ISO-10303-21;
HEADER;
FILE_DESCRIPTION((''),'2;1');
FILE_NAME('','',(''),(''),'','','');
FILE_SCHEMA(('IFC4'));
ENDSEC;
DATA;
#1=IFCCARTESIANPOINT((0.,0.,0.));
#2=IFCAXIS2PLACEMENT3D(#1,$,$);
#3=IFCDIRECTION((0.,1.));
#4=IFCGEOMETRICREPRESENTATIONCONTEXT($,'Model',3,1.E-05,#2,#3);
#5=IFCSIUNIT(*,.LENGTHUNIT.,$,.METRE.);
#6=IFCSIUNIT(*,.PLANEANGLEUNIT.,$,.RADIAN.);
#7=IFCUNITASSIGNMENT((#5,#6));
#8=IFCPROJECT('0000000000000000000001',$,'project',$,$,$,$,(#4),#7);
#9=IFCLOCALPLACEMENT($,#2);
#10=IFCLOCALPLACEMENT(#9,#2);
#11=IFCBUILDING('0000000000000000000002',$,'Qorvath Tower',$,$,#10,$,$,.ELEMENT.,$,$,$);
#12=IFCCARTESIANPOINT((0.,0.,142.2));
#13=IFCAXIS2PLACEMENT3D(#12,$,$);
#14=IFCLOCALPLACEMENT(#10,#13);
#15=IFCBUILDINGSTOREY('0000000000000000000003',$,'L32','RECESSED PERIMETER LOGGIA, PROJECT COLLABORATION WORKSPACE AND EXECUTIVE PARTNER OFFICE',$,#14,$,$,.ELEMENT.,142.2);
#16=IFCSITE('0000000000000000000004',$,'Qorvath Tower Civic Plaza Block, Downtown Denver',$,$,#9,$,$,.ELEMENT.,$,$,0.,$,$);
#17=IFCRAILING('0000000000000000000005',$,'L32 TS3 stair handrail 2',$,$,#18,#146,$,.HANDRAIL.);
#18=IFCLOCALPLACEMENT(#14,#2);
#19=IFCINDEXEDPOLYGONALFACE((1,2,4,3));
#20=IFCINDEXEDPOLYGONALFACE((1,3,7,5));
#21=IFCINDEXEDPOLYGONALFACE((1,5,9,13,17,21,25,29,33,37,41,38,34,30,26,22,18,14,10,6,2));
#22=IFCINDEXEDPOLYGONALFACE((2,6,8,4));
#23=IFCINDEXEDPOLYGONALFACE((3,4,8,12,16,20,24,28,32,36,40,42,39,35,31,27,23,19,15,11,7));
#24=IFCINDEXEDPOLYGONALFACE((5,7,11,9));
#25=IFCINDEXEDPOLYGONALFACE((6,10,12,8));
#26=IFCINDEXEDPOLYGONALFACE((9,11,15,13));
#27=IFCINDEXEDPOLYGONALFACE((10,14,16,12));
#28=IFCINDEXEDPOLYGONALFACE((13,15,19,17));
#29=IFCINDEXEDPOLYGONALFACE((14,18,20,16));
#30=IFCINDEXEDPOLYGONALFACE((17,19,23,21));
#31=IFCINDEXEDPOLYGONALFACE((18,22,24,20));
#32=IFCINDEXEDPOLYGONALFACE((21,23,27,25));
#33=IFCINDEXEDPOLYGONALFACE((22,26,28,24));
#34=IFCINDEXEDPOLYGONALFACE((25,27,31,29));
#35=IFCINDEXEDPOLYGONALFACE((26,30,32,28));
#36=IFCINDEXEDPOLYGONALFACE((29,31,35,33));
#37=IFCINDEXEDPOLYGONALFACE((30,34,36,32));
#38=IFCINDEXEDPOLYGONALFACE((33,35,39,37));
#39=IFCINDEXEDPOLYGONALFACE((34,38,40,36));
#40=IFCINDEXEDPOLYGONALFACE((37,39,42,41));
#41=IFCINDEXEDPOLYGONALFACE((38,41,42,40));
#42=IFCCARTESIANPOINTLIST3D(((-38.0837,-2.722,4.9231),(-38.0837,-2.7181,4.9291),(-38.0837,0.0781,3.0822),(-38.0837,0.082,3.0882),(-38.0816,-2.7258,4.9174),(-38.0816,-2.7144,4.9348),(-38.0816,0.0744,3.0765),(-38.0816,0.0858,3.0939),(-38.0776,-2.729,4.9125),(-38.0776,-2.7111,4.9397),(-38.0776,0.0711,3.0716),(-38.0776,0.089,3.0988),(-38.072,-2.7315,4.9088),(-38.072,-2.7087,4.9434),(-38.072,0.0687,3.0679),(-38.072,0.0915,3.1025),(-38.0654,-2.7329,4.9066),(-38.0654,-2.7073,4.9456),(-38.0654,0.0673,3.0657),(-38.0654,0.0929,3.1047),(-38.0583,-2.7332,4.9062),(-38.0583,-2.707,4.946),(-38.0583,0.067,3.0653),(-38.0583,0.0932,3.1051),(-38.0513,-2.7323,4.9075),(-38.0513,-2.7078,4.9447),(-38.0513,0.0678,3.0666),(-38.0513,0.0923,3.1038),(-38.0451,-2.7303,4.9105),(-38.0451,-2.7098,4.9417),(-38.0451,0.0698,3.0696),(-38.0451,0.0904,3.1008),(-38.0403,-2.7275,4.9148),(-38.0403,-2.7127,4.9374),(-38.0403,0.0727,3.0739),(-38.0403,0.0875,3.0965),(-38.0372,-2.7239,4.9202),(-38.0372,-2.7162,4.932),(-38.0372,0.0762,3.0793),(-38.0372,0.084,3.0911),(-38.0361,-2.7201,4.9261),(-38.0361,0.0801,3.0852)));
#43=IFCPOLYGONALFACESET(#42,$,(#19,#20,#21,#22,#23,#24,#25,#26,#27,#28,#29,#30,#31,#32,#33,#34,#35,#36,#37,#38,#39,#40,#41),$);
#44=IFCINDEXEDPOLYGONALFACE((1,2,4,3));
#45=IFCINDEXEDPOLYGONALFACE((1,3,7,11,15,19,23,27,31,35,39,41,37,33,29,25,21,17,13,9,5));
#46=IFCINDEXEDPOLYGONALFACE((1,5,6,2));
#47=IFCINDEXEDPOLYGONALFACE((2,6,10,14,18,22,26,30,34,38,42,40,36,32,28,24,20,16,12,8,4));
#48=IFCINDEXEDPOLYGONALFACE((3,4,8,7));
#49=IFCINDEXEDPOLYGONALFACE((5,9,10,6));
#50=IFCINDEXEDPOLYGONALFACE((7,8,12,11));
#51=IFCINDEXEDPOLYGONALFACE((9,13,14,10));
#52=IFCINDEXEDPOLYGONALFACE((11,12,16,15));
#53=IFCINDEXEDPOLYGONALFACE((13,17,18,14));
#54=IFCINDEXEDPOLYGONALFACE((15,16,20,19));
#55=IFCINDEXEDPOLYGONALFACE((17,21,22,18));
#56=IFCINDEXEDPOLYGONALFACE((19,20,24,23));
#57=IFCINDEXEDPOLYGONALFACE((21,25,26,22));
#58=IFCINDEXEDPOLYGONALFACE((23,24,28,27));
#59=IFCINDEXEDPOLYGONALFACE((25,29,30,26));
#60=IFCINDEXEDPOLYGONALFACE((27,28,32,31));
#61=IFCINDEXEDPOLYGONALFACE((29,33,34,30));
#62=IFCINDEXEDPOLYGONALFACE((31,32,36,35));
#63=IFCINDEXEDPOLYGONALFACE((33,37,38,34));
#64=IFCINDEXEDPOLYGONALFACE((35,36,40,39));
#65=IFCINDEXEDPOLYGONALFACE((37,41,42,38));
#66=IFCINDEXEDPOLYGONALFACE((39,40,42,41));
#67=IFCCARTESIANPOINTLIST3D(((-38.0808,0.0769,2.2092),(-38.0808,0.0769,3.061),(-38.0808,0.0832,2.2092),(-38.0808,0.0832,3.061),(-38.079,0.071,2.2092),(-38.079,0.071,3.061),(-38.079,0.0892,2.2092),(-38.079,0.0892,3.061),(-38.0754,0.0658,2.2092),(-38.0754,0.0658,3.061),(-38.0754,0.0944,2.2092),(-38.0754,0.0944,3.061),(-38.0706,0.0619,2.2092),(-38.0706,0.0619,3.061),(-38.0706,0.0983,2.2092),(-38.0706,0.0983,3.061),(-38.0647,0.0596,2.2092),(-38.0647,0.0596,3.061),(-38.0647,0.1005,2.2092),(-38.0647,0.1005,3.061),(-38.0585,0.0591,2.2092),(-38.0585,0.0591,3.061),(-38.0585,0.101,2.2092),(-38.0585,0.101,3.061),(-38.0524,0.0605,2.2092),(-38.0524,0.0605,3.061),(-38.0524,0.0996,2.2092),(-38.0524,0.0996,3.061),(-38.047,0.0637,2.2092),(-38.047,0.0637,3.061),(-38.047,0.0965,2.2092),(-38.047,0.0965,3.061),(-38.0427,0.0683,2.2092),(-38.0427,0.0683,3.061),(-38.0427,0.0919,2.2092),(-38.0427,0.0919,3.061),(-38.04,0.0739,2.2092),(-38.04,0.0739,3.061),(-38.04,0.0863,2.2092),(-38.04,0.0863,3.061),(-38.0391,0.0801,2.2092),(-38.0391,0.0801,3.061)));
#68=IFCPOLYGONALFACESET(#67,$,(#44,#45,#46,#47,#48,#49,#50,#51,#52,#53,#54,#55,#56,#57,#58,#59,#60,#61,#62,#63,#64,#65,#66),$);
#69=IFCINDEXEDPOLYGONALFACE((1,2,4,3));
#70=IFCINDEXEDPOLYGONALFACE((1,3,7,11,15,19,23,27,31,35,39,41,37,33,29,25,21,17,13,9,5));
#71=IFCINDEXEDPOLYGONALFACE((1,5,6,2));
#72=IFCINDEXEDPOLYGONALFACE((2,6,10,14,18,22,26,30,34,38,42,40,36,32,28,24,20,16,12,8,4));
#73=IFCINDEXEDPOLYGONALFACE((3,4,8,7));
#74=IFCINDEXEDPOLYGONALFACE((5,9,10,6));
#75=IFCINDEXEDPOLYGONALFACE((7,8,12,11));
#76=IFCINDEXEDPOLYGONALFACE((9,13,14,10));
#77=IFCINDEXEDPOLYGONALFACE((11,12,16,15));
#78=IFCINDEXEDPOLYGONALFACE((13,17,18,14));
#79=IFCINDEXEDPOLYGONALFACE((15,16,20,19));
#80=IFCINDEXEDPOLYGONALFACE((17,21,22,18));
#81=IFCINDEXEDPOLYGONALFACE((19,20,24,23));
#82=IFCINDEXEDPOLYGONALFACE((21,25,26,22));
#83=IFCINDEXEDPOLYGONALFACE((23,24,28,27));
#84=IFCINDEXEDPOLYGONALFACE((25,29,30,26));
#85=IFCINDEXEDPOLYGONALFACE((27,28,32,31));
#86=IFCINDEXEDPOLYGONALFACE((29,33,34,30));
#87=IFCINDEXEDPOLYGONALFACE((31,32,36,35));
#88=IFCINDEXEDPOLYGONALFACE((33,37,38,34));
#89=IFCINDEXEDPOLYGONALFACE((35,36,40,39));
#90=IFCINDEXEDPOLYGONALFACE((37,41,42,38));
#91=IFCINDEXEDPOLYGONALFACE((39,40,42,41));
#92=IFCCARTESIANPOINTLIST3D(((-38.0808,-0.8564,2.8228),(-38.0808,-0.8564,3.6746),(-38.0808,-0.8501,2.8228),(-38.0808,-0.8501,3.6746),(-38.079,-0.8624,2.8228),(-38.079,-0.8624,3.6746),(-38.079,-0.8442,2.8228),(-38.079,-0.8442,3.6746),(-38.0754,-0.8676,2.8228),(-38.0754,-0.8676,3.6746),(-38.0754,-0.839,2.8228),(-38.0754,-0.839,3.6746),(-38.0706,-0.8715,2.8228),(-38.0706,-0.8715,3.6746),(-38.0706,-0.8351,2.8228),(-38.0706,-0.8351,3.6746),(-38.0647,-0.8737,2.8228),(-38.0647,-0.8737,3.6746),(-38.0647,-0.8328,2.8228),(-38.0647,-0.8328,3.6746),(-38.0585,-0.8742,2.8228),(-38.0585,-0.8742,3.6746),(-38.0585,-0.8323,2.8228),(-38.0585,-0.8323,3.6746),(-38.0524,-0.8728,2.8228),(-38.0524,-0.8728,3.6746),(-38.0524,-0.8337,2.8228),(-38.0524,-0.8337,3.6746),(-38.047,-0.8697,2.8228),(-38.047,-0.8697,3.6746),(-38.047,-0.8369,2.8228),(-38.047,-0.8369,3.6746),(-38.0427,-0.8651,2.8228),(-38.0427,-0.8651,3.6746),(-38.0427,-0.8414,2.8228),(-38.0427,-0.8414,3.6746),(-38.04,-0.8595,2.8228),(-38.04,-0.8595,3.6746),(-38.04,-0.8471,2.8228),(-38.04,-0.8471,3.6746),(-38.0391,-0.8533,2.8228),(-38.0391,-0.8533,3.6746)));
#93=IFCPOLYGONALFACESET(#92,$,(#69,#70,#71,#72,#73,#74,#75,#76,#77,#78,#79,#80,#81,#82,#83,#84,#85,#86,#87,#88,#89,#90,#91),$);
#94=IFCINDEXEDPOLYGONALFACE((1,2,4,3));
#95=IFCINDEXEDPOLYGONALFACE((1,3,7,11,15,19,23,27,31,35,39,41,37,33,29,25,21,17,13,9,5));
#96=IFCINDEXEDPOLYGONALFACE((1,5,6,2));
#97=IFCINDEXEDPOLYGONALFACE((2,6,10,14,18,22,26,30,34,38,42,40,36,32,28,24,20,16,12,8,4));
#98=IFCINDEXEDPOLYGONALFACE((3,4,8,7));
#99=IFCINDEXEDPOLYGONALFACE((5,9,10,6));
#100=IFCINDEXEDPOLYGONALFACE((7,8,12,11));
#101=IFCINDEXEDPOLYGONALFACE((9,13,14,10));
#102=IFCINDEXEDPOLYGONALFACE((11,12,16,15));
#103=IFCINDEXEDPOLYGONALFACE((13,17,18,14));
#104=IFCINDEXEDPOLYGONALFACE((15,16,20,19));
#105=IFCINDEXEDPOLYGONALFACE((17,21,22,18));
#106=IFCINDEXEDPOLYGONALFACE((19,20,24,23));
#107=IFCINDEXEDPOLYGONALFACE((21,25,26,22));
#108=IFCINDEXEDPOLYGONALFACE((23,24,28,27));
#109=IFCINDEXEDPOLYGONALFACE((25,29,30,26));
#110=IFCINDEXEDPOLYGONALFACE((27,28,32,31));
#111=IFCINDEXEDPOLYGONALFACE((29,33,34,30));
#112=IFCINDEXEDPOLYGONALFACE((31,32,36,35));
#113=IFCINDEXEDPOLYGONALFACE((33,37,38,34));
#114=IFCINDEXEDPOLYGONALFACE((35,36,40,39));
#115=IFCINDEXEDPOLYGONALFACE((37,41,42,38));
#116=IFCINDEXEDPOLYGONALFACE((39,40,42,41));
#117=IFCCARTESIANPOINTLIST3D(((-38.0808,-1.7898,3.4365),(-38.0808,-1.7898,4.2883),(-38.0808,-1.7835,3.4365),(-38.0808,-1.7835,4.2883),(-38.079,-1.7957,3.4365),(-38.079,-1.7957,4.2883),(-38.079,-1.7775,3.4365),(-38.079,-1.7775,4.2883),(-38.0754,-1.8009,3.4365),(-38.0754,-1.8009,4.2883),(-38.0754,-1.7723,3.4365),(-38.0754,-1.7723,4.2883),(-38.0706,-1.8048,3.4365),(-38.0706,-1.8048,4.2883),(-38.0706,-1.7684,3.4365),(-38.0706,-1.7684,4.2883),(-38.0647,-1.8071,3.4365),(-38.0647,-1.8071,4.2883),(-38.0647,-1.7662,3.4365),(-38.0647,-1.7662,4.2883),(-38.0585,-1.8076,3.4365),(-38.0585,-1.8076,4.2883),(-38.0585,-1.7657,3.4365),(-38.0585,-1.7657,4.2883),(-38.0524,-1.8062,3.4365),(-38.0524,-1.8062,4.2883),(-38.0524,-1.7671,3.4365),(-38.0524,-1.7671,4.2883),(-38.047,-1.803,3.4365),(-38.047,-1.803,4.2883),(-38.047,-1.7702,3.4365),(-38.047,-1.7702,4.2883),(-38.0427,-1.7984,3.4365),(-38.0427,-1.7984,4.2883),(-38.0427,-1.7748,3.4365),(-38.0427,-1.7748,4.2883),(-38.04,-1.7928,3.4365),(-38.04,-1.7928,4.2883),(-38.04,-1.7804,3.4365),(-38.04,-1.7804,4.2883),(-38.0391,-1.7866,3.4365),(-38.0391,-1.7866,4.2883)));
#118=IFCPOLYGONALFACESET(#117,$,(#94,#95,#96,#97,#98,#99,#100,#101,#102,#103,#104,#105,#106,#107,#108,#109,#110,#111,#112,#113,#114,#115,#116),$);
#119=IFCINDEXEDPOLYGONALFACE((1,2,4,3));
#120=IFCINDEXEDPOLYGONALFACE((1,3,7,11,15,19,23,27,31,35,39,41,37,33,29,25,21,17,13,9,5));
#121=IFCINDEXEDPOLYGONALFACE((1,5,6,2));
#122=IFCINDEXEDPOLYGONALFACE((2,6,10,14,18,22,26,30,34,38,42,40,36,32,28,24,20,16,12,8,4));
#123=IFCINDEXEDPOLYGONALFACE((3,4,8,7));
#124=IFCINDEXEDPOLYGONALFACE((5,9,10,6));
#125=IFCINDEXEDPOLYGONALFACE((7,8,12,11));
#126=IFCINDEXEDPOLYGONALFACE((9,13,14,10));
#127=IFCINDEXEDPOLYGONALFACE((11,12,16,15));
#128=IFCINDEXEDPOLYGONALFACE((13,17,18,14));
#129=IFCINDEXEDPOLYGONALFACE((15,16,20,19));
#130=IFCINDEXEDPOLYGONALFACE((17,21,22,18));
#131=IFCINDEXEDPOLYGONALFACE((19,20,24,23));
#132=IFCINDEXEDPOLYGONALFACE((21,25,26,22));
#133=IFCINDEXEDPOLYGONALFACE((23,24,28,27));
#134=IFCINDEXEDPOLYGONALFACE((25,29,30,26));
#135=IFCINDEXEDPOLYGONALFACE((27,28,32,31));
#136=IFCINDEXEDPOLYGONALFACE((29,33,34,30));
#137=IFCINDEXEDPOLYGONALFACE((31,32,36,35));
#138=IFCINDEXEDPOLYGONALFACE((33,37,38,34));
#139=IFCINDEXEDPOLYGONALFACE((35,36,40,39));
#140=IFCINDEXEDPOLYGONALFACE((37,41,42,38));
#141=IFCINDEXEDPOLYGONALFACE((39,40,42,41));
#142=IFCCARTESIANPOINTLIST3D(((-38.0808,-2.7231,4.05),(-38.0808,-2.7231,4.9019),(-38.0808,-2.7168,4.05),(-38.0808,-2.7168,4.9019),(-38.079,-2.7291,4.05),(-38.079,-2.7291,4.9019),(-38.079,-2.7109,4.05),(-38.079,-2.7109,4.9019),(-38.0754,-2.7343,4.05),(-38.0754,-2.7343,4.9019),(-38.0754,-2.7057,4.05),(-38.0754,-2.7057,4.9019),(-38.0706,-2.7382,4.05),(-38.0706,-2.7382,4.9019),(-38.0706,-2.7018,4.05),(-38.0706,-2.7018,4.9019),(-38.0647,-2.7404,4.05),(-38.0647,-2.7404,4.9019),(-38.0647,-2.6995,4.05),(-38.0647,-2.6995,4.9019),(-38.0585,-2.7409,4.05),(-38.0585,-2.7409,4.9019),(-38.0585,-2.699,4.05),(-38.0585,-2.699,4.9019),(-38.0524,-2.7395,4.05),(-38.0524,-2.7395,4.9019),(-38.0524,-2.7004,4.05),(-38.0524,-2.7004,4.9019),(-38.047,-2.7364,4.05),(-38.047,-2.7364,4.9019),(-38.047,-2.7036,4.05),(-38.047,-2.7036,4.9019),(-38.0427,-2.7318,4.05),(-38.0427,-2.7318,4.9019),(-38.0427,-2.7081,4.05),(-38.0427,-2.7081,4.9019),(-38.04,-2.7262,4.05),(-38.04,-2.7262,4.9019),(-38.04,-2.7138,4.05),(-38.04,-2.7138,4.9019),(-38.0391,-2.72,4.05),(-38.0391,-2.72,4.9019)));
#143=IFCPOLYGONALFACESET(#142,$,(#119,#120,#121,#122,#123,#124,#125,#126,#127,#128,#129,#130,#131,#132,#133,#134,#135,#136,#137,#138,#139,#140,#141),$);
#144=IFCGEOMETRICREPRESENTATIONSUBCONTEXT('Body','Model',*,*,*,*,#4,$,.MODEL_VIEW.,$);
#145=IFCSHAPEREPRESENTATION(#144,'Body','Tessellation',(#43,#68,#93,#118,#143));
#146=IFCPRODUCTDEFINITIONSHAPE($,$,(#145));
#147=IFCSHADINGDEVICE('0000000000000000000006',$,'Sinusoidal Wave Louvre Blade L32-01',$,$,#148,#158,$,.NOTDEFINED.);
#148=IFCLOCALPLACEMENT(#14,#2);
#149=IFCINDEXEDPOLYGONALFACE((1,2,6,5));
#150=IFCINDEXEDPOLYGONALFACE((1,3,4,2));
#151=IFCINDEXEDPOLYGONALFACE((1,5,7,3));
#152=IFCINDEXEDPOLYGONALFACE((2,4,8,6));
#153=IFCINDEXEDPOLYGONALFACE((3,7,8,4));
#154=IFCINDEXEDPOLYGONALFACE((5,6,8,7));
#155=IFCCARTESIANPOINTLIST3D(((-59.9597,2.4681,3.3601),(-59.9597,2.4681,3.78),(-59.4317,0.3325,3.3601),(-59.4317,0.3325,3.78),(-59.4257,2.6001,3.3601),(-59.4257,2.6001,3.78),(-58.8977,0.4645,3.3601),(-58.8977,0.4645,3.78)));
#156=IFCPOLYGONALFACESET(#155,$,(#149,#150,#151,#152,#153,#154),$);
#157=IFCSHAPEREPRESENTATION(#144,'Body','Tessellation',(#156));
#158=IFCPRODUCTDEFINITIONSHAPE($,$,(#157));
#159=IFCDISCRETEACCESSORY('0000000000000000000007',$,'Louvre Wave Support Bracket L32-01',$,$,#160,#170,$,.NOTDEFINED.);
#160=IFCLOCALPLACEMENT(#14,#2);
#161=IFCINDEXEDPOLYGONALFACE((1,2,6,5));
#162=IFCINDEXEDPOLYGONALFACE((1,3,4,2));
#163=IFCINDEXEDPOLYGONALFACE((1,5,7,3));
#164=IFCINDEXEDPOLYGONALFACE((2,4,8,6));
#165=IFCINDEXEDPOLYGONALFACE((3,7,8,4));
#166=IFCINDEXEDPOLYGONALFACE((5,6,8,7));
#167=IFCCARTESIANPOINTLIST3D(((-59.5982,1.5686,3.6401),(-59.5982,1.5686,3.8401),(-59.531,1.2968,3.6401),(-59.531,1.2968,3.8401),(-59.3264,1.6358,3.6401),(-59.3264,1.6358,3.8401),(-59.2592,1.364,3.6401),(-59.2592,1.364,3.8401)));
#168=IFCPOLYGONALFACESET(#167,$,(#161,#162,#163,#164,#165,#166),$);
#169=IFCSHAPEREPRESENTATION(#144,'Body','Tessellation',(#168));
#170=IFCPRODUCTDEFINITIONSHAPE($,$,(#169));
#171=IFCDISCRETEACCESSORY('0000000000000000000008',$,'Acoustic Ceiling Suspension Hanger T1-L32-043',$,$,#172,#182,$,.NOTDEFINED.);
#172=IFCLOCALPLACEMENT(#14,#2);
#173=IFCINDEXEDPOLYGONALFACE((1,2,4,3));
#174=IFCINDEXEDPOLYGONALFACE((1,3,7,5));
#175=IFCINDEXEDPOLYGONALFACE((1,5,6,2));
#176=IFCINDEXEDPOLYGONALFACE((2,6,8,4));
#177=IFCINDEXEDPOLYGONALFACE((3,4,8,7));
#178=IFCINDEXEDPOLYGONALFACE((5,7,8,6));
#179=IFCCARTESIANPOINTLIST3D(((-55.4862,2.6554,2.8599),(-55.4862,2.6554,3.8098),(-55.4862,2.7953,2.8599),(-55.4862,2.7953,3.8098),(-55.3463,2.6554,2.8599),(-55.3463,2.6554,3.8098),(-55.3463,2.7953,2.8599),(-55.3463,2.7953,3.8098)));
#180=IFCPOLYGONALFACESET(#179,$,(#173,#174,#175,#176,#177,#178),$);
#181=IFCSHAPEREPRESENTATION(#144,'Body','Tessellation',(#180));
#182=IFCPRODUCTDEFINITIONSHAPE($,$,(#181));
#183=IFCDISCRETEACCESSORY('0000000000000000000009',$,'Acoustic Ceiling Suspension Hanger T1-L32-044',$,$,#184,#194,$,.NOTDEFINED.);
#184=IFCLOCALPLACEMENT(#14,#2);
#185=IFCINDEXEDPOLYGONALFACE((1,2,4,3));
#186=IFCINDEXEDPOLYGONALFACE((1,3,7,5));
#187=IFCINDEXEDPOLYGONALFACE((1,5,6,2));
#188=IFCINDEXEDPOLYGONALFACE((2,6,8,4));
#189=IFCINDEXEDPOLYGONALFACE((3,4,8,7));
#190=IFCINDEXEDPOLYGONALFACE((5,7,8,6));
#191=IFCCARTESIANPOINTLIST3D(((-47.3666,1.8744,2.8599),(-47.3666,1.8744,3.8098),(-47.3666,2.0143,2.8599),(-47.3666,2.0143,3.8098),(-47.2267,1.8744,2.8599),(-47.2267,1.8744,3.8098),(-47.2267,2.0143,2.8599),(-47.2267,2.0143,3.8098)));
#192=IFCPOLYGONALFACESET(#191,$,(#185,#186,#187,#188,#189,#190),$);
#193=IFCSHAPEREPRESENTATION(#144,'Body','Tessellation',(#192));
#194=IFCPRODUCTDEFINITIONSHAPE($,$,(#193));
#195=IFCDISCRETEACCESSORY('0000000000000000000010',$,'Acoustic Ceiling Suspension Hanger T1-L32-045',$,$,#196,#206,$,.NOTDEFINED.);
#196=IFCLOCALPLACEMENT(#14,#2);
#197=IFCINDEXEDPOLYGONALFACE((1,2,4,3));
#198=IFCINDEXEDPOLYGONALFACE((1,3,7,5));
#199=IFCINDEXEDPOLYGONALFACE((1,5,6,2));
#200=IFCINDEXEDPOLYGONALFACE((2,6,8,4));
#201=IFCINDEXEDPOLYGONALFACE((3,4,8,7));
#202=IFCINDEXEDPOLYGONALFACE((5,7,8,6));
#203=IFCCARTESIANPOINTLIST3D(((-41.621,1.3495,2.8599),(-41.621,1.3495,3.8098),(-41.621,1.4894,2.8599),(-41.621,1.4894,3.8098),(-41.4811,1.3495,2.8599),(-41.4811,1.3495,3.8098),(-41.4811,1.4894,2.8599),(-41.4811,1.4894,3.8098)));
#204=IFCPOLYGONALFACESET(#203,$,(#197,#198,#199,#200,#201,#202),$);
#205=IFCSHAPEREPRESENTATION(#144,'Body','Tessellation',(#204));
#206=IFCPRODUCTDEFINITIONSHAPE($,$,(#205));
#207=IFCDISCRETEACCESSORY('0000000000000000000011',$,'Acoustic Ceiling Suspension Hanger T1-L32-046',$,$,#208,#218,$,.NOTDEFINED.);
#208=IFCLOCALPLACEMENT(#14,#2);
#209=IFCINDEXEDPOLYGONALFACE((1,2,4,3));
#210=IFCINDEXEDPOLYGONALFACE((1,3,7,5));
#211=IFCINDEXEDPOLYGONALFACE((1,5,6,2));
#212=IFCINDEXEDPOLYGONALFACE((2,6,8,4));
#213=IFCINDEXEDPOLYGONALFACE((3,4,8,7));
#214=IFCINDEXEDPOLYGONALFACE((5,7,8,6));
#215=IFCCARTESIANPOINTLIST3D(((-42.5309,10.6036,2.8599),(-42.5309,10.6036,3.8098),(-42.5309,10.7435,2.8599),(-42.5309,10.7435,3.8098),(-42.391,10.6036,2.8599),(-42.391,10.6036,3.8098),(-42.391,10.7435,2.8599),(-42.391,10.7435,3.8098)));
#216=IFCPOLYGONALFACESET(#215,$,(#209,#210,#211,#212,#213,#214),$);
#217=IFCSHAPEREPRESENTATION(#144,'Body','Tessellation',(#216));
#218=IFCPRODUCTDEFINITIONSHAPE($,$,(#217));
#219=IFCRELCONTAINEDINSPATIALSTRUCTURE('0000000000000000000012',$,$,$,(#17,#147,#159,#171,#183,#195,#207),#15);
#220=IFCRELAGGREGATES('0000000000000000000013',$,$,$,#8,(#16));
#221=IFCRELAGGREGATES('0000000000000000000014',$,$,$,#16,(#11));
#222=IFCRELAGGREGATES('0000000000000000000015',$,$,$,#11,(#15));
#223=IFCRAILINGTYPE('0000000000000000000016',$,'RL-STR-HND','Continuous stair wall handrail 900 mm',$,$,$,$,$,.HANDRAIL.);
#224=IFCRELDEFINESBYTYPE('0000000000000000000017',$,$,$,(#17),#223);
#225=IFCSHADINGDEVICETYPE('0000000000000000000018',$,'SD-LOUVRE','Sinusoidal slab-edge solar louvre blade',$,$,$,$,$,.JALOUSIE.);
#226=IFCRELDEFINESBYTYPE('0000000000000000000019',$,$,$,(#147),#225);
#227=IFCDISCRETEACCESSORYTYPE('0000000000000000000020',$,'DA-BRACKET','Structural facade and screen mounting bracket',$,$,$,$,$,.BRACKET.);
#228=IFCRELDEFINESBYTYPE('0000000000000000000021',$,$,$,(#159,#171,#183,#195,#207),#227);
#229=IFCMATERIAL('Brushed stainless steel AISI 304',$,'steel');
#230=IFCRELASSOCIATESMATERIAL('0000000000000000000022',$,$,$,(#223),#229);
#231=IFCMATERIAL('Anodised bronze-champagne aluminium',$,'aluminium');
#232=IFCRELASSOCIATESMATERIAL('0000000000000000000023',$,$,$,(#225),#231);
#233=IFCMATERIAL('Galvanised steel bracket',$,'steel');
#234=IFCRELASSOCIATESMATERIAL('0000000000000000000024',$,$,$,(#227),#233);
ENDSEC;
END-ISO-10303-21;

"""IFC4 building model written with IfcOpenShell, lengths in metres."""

from ifc_helpers import new_model, si_unit, direction, frame, origin, origin_2d, place, context, subcontext, project, spatial, rectangle, circle, extrude, material, type_object, element, save


model = new_model("IFC4")

# Units and contexts
model_context = context("Model", 3, precision=1e-05, world=origin(), true_north=direction((0.0, 1.0)))
body_context = subcontext(model_context, "Body", "Model", "MODEL_VIEW")
ifc_project = project(units=[si_unit("LENGTHUNIT", "METRE"), si_unit("PLANEANGLEUNIT", "RADIAN")], contexts=[model_context])

# Site, building, storey
site_placement = place(None, origin())
site = spatial("IfcSite", under=ifc_project, at=site_placement, Name="Qorvath Tower Civic Plaza Block, Downtown Denver", CompositionType="ELEMENT", RefElevation=0.0)
building_placement = place(site_placement, origin())
building = spatial("IfcBuilding", under=site, at=building_placement, Name="Qorvath Tower", CompositionType="ELEMENT")
storey_placement = place(building_placement, frame((0.0, 0.0, 142.2)))
storey = spatial("IfcBuildingStorey", under=building, at=storey_placement, Name="L32", Description="RECESSED PERIMETER LOGGIA, PROJECT COLLABORATION WORKSPACE AND EXECUTIVE PARTNER OFFICE", CompositionType="ELEMENT", Elevation=142.2)

# Railing
ifc_material_1 = material(Name="Brushed stainless steel AISI 304", Category="steel")
railing_type = type_object("IfcRailingType", Name="RL-STR-HND", Description="Continuous stair wall handrail 900 mm", PredefinedType="HANDRAIL", material=ifc_material_1)
railing_placement = place(storey_placement, frame((-38.0601, 0.0801, 2.2092)))
element("IfcRailing", 1, at=railing_placement, inside=storey, type_object=railing_type, Name="L32 TS3 stair handrail 2", PredefinedType="HANDRAIL", context=body_context, shape_type="SweptSolid", body=[
    extrude(circle(Radius=0.0239, at=origin_2d()), frame((0.0, 0.0, 0.876), z_axis=(0.0, -0.835598, 0.549342), x_axis=(1.0, 0.0, 0.0)), (0.0, 0.0, 1.0), 3.3511),
    extrude(circle(Radius=0.021, at=origin_2d()), origin(), (0.0, 0.0, 1.0), 0.8518),
    extrude(circle(Radius=0.021, at=origin_2d()), frame((0.0, -0.9333, 0.6135)), (0.0, 0.0, 1.0), 0.8518),
    extrude(circle(Radius=0.021, at=origin_2d()), frame((0.0, -1.8667, 1.2273)), (0.0, 0.0, 1.0), 0.8518),
    extrude(circle(Radius=0.021, at=origin_2d()), frame((0.0, -2.8, 1.8408)), (0.0, 0.0, 1.0), 0.8518),
])

# Shading device
ifc_material_2 = material(Name="Anodised bronze-champagne aluminium", Category="aluminium")
shading_device_type = type_object("IfcShadingDeviceType", Name="SD-LOUVRE", Description="Sinusoidal slab-edge solar louvre blade", PredefinedType="JALOUSIE", material=ifc_material_2)
shading_device_placement = place(storey_placement, frame((-59.4287, 1.4663, 3.3601), z_axis=(0.0, 0.0, 1.0), x_axis=(0.240008, -0.970771, 0.0)))
element("IfcShadingDevice", 2, at=shading_device_placement, inside=storey, type_object=shading_device_type, Name="Sinusoidal Wave Louvre Blade L32-01", PredefinedType="NOTDEFINED", context=body_context, shape_type="SweptSolid", body=[
    extrude(rectangle(XDim=2.2, YDim=0.55, at=origin_2d()), origin(), (0.0, 0.0, 1.0), 0.4199),
])

# Discrete accessories
ifc_material_3 = material(Name="Galvanised steel bracket", Category="steel")
discrete_accessory_type = type_object("IfcDiscreteAccessoryType", Name="DA-BRACKET", Description="Structural facade and screen mounting bracket", PredefinedType="BRACKET", material=ifc_material_3)
discrete_accessory_placement = place(storey_placement, frame((-59.4287, 1.4663, 3.6401), z_axis=(0.0, 0.0, 1.0), x_axis=(0.240008, -0.970771, 0.0)))
element("IfcDiscreteAccessory", 3, at=discrete_accessory_placement, inside=storey, type_object=discrete_accessory_type, Name="Louvre Wave Support Bracket L32-01", PredefinedType="NOTDEFINED", context=body_context, shape_type="SweptSolid", body=[
    extrude(rectangle(XDim=0.28, YDim=0.28, at=origin_2d()), origin(), (0.0, 0.0, 1.0), 0.2),
])
for number, where, z_axis, x_axis, name in (
    (4, (-55.4163, 2.7253, 2.8599), (0.0, 0.0, 1.0), (1.0, 0.0, 0.0), "Acoustic Ceiling Suspension Hanger T1-L32-043"),
    (5, (-47.2966, 1.9443, 2.8599), (0.0, 0.0, 1.0), (1.0, 0.0, 0.0), "Acoustic Ceiling Suspension Hanger T1-L32-044"),
    (6, (-41.551, 1.4194, 2.8599), (0.0, 0.0, 1.0), (1.0, 0.0, 0.0), "Acoustic Ceiling Suspension Hanger T1-L32-045"),
    (7, (-42.4609, 10.6736, 2.8599), (0.0, 0.0, 1.0), (1.0, 0.0, 0.0), "Acoustic Ceiling Suspension Hanger T1-L32-046"),
):
    element("IfcDiscreteAccessory", number, at=place(storey_placement, frame(where, z_axis=z_axis, x_axis=x_axis)), inside=storey, type_object=discrete_accessory_type, Name=name, PredefinedType="NOTDEFINED", context=body_context, shape_type="SweptSolid", body=[
        extrude(rectangle(XDim=0.1399, YDim=0.1399, at=origin_2d()), origin(), (0.0, 0.0, 1.0), 0.95),
    ])

save(model, "model.ifc")
